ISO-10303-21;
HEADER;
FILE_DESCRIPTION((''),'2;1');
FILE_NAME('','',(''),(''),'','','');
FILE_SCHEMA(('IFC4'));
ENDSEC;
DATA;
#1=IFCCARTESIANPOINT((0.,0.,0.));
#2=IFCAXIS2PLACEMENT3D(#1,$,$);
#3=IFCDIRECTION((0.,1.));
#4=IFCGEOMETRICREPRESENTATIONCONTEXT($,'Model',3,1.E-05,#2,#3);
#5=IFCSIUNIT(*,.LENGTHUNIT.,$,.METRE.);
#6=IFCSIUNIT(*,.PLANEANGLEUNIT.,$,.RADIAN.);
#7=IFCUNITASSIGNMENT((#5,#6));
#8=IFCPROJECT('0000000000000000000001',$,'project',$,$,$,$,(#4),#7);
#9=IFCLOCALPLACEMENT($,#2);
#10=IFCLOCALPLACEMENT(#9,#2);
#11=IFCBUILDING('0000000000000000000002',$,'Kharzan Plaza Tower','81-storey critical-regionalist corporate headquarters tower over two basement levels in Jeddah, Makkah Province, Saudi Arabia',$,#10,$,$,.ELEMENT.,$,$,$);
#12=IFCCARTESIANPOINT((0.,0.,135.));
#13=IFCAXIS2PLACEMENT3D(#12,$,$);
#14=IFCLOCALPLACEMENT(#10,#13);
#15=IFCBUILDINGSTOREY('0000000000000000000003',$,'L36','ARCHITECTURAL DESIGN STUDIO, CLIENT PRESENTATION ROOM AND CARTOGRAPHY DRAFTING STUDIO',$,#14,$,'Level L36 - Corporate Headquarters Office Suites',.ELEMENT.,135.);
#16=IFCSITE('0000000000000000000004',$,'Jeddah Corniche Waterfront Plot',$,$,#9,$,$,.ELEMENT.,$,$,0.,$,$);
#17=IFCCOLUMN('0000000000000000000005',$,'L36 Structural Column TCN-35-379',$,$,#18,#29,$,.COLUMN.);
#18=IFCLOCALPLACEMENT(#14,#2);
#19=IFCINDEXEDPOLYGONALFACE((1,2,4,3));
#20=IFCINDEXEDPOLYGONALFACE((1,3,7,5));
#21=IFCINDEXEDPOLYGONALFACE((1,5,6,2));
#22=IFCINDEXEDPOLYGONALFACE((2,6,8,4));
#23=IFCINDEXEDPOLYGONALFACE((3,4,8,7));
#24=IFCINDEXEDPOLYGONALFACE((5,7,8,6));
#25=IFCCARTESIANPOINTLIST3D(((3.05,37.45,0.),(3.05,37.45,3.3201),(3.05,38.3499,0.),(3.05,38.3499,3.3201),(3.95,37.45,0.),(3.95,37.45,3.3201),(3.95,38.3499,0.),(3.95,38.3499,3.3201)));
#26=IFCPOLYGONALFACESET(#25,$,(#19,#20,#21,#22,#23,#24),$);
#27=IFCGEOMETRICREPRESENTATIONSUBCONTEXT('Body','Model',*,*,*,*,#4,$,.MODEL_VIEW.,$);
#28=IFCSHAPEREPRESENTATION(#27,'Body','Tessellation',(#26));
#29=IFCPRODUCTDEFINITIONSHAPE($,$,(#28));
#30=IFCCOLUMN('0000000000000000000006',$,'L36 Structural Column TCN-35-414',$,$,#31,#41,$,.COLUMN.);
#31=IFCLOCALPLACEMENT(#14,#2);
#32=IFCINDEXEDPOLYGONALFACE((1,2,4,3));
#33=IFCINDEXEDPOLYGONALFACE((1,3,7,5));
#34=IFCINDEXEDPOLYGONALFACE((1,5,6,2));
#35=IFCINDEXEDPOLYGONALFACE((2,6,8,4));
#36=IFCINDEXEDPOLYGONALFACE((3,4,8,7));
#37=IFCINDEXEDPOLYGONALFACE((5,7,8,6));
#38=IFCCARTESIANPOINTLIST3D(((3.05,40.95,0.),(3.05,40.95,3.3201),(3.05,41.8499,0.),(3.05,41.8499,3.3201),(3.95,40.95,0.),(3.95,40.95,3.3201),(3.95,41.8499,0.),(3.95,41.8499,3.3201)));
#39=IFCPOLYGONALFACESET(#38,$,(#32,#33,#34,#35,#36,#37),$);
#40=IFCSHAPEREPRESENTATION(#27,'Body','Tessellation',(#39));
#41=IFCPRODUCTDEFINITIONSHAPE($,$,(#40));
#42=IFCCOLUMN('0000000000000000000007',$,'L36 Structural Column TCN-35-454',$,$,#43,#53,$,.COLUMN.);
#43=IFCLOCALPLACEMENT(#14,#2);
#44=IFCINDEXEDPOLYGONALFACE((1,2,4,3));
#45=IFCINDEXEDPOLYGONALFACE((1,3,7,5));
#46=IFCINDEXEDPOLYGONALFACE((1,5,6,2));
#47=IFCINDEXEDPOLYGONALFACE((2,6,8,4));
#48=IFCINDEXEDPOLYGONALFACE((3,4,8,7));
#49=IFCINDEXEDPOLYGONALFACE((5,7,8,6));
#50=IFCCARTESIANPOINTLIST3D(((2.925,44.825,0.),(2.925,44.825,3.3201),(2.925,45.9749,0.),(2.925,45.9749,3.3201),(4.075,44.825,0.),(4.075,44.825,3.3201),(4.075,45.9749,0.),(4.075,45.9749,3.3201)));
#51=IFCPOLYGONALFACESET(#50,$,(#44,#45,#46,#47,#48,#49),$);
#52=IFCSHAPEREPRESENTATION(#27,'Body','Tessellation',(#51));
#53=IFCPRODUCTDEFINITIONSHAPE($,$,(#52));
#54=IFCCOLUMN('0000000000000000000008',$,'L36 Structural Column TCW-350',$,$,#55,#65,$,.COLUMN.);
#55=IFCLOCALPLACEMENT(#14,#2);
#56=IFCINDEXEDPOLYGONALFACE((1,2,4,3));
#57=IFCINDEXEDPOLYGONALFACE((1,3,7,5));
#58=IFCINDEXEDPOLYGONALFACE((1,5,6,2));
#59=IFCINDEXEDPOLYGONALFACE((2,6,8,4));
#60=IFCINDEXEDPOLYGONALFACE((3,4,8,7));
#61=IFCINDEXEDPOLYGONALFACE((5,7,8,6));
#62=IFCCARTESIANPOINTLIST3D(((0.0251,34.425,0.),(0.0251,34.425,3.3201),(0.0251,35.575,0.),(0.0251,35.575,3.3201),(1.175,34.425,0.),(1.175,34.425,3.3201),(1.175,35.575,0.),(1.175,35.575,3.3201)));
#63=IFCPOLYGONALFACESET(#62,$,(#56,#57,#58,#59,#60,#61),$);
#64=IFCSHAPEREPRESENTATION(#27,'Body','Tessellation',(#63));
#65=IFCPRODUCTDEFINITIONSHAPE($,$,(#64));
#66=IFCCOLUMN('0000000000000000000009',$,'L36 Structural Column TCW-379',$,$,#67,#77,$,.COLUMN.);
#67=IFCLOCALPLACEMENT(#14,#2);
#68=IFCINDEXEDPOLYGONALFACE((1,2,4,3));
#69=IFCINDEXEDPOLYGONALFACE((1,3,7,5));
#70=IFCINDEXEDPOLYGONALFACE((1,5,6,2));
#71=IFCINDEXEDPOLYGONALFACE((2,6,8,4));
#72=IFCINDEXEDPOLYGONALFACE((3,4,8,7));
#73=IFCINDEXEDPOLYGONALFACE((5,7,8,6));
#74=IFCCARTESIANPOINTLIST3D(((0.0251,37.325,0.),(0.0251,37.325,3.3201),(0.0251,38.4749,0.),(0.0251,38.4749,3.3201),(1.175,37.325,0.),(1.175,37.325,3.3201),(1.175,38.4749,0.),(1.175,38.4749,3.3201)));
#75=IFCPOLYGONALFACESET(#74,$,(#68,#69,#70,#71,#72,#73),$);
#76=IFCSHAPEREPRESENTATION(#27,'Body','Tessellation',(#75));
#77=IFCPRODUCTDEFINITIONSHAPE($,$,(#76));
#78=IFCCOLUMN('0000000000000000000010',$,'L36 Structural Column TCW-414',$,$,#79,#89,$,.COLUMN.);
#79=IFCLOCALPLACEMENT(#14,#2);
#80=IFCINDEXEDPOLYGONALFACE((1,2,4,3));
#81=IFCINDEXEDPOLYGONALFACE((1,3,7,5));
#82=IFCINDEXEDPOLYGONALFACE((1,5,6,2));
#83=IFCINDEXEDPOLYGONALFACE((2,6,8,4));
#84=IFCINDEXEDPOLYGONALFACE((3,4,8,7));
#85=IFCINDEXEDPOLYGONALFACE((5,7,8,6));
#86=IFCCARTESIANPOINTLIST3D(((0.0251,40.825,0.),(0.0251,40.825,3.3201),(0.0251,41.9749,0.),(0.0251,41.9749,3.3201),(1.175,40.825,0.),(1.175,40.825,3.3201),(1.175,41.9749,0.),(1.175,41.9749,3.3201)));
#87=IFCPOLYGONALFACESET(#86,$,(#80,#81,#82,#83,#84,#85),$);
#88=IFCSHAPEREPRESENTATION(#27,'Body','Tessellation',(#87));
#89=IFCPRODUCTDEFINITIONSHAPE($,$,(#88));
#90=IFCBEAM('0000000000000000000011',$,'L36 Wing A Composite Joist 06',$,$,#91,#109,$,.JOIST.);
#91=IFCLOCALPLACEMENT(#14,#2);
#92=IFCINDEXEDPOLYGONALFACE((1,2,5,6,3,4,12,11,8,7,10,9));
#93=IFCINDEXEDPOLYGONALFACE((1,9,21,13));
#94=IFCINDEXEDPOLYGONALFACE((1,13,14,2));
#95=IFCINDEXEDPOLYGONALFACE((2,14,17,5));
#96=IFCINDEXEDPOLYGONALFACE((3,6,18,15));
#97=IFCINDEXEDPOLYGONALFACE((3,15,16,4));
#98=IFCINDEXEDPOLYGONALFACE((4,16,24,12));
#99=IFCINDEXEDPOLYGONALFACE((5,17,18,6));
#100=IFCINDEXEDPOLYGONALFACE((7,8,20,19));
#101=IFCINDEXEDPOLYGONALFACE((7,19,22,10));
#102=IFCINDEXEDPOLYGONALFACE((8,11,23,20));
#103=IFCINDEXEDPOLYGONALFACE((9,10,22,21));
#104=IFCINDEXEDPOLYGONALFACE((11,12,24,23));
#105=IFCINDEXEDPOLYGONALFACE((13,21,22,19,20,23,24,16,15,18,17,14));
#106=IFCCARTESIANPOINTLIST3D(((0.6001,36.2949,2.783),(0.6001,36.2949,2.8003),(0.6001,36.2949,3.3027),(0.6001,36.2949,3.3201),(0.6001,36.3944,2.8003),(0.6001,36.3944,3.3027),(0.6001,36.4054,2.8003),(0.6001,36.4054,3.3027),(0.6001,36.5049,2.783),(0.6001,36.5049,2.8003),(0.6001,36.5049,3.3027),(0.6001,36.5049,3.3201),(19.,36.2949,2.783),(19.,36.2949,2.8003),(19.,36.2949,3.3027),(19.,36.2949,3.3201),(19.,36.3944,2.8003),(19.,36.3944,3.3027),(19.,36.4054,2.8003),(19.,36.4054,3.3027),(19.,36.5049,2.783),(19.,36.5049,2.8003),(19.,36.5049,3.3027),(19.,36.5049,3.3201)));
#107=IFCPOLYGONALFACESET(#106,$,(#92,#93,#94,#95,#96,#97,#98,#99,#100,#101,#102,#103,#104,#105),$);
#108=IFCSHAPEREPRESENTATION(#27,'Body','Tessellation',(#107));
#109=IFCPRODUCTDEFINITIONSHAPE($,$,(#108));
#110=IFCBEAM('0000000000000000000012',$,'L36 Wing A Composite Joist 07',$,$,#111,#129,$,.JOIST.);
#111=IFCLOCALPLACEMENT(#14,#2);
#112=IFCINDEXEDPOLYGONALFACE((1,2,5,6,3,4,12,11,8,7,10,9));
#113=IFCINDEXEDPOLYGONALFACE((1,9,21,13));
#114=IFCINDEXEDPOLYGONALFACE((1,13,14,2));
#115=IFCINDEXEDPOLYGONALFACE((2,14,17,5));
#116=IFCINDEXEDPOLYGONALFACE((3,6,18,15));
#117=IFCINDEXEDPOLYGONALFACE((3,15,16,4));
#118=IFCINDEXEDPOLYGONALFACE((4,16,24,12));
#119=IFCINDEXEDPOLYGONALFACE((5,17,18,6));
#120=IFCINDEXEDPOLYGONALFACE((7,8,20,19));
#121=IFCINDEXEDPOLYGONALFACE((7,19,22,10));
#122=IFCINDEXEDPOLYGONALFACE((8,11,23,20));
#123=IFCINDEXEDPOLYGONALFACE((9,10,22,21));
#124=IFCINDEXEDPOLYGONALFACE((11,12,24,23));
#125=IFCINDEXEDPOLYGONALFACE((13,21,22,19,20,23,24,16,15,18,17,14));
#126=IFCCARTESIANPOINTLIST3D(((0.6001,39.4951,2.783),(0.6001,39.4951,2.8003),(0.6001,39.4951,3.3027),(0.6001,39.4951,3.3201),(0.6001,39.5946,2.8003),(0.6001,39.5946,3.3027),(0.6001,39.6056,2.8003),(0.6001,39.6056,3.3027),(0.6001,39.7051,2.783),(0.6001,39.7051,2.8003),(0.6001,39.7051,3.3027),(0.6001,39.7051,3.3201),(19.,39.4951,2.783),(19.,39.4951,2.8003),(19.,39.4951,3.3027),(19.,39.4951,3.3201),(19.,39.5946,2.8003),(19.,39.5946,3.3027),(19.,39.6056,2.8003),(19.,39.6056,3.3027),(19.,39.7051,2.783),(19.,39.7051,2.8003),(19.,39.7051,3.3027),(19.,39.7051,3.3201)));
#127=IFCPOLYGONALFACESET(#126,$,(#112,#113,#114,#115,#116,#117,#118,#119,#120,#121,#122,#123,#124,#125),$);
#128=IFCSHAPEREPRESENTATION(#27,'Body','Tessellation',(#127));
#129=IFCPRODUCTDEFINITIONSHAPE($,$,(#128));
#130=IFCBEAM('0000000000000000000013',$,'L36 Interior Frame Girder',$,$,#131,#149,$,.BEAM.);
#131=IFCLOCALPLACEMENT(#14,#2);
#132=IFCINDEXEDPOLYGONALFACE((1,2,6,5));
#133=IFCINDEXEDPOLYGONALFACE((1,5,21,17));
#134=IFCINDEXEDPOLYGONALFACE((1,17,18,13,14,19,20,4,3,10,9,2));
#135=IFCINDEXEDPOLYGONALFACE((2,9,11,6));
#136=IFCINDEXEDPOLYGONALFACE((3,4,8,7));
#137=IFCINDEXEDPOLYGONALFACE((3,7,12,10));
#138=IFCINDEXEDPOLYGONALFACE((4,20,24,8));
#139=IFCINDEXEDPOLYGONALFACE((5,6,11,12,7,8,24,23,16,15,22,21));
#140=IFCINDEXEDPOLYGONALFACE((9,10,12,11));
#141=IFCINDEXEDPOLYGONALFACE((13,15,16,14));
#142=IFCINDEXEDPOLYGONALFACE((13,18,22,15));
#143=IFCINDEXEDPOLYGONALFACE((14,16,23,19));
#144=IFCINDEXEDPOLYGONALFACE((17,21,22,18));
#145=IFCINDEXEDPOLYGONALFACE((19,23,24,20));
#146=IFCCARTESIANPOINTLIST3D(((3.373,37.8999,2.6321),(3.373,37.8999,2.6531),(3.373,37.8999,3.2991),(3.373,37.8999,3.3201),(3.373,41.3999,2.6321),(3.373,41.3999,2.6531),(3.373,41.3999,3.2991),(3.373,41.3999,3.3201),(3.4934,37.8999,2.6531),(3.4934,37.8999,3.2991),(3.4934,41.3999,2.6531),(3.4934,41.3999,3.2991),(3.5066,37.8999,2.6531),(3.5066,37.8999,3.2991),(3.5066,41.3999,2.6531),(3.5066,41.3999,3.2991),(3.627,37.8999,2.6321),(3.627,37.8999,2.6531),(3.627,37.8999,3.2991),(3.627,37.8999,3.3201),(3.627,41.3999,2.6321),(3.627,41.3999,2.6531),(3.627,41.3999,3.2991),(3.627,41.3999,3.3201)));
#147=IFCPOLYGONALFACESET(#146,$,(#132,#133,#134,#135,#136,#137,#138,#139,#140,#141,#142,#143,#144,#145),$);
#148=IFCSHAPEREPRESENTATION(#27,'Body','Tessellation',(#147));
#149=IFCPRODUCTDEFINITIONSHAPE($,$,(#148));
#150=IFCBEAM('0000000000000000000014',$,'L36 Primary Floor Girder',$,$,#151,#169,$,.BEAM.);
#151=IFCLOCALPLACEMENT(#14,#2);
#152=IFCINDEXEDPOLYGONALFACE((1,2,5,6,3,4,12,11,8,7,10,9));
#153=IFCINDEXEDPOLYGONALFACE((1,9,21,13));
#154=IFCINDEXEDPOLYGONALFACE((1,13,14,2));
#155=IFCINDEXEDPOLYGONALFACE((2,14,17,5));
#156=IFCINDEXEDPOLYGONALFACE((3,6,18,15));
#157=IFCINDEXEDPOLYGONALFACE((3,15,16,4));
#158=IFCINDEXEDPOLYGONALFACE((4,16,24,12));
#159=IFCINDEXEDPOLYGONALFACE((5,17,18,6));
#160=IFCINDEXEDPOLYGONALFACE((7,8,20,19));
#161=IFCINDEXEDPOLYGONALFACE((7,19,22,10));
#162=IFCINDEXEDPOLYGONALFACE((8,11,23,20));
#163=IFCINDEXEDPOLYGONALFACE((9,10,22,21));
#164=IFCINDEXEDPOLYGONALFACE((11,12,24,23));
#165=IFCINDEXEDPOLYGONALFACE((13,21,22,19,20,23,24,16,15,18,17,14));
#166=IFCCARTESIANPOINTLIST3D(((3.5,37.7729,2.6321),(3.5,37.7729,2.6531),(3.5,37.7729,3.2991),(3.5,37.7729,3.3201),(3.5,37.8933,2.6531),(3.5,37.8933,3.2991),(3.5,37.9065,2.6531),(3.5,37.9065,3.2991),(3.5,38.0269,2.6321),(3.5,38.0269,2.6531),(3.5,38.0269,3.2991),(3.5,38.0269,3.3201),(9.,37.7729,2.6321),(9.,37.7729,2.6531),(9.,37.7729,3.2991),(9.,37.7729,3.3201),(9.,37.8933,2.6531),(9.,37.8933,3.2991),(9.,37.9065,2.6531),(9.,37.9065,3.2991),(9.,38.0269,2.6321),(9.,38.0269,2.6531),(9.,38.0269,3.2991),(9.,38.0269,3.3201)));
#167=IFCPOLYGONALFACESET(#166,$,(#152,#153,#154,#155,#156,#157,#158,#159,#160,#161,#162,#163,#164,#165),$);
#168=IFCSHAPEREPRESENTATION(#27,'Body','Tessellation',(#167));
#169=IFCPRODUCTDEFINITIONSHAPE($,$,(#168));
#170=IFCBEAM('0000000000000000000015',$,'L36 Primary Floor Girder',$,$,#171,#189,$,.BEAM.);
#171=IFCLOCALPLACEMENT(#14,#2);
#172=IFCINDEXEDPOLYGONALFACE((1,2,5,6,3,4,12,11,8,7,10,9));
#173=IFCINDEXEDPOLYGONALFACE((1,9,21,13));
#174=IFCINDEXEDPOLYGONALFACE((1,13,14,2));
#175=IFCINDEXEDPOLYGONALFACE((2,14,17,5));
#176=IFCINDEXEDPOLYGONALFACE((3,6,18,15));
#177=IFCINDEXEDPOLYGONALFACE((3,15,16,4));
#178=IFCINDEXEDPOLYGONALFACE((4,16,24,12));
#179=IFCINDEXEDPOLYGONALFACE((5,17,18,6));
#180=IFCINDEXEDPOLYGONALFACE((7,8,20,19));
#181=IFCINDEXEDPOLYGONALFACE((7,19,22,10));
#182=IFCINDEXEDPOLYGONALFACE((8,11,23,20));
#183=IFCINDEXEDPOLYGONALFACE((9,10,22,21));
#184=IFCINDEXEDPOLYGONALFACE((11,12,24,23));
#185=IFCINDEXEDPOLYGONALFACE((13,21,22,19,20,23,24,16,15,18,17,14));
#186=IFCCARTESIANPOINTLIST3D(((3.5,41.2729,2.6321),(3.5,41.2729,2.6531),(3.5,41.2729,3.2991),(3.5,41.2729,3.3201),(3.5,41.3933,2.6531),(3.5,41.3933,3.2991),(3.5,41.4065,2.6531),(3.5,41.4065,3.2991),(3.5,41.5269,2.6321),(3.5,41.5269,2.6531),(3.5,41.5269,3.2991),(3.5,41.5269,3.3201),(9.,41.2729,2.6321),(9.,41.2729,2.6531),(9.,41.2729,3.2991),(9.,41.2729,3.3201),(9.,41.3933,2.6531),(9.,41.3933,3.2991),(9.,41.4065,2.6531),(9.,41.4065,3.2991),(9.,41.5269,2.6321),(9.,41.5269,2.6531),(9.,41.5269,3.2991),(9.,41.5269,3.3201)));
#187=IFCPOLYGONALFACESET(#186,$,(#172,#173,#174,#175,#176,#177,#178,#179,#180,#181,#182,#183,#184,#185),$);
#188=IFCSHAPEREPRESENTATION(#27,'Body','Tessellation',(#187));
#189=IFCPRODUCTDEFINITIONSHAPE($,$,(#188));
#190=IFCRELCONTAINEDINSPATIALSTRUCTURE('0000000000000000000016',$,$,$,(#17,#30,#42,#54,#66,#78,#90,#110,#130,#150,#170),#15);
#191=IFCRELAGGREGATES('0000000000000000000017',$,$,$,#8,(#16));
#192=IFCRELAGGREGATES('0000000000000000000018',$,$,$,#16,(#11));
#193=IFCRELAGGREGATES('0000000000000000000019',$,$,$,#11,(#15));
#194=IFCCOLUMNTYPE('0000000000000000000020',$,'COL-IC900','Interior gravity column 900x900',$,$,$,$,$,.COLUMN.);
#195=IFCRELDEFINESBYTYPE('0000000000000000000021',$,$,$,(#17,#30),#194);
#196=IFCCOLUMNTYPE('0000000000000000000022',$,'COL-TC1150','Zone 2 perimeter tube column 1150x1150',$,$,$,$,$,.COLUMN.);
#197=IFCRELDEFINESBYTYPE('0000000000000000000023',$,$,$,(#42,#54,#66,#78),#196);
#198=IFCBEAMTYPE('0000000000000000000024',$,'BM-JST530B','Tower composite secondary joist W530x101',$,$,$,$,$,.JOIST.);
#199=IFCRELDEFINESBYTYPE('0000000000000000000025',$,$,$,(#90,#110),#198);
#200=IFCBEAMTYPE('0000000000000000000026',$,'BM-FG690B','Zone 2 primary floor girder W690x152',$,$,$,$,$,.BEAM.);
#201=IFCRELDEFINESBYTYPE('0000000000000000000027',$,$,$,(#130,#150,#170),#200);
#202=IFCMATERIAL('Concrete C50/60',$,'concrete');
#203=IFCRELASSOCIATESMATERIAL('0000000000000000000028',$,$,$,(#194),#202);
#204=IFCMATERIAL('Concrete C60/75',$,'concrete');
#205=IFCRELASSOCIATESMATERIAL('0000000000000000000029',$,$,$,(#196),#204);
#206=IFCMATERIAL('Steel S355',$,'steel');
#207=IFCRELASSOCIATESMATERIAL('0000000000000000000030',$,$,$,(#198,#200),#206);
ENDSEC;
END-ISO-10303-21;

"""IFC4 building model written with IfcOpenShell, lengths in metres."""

from ifc_helpers import new_model, si_unit, direction, frame, origin, origin_2d, place, context, subcontext, project, spatial, rectangle, i_section, extrude, source, transform, mapped, material, material_profile, profile_set, type_object, element, save


model = new_model("IFC4")

# Units and contexts
model_context = context("Model", 3, precision=1e-05, world=origin(), true_north=direction((0.0, 1.0)))
body_context = subcontext(model_context, "Body", "Model", "MODEL_VIEW")
ifc_project = project(units=[si_unit("LENGTHUNIT", "METRE"), si_unit("PLANEANGLEUNIT", "RADIAN")], contexts=[model_context])

# Site, building, storey
site_placement = place(None, origin())
site = spatial("IfcSite", under=ifc_project, at=site_placement, Name="Jeddah Corniche Waterfront Plot", CompositionType="ELEMENT", RefElevation=0.0)
building_placement = place(site_placement, origin())
building = spatial("IfcBuilding", under=site, at=building_placement, Name="Kharzan Plaza Tower", Description="81-storey critical-regionalist corporate headquarters tower over two basement levels in Jeddah, Makkah Province, Saudi Arabia", CompositionType="ELEMENT")
storey_placement = place(building_placement, frame((0.0, 0.0, 135.0)))
storey = spatial("IfcBuildingStorey", under=building, at=storey_placement, Name="L36", Description="ARCHITECTURAL DESIGN STUDIO, CLIENT PRESENTATION ROOM AND CARTOGRAPHY DRAFTING STUDIO", LongName="Level L36 - Corporate Headquarters Office Suites", CompositionType="ELEMENT", Elevation=135.0)

# Columns
ifc_material_1 = material(Name="Concrete C50/60", Category="concrete")
ifc_material_profile_1 = material_profile(ifc_material_1, rectangle(XDim=0.8999, YDim=0.8999, at=origin_2d()), Name="RC-IC900x900")
ifc_profile_set_1 = profile_set([ifc_material_profile_1], Name="Concrete C50/60")
column_type_1 = type_object("IfcColumnType", Name="COL-IC900", Description="Interior gravity column 900x900", PredefinedType="COLUMN", material=ifc_profile_set_1)
shared_shape_1 = source(origin(), body_context, "Body", "SweptSolid", [
    extrude(rectangle(XDim=0.8999, YDim=0.8999, at=origin_2d()), origin(), (0.0, 0.0, 1.0), 3.3201),
])
for number, where, z_axis, x_axis, name in (
    (1, (3.5, 37.8999, 0.0), (0.0, 0.0, 1.0), (1.0, 0.0, 0.0), "L36 Structural Column TCN-35-379"),
    (2, (3.5, 41.3999, 0.0), (0.0, 0.0, 1.0), (1.0, 0.0, 0.0), "L36 Structural Column TCN-35-414"),
):
    element("IfcColumn", number, at=place(storey_placement, frame(where, z_axis=z_axis, x_axis=x_axis)), inside=storey, type_object=column_type_1, Name=name, PredefinedType="COLUMN", context=body_context, shape_type="MappedRepresentation", body=[
        mapped(shared_shape_1, transform((0.0, 0.0, 0.0), x_axis=(1.0, 0.0, 0.0), y_axis=(0.0, 1.0, 0.0), z_axis=(0.0, 0.0, 1.0))),
    ])
ifc_material_2 = material(Name="Concrete C60/75", Category="concrete")
ifc_material_profile_2 = material_profile(ifc_material_2, rectangle(XDim=1.1499, YDim=1.1499, at=origin_2d()), Name="RC-TC1150x1150")
ifc_profile_set_2 = profile_set([ifc_material_profile_2], Name="Concrete C60/75")
column_type_2 = type_object("IfcColumnType", Name="COL-TC1150", Description="Zone 2 perimeter tube column 1150x1150", PredefinedType="COLUMN", material=ifc_profile_set_2)
shared_shape_2 = source(origin(), body_context, "Body", "SweptSolid", [
    extrude(rectangle(XDim=1.1499, YDim=1.1499, at=origin_2d()), origin(), (0.0, 0.0, 1.0), 3.3201),
])
for number, where, z_axis, x_axis, name in (
    (3, (3.5, 45.3999, 0.0), (0.0, 0.0, 1.0), (1.0, 0.0, 0.0), "L36 Structural Column TCN-35-454"),
    (4, (0.6001, 35.0, 0.0), (0.0, 0.0, 1.0), (1.0, 0.0, 0.0), "L36 Structural Column TCW-350"),
    (5, (0.6001, 37.8999, 0.0), (0.0, 0.0, 1.0), (1.0, 0.0, 0.0), "L36 Structural Column TCW-379"),
    (6, (0.6001, 41.3999, 0.0), (0.0, 0.0, 1.0), (1.0, 0.0, 0.0), "L36 Structural Column TCW-414"),
):
    element("IfcColumn", number, at=place(storey_placement, frame(where, z_axis=z_axis, x_axis=x_axis)), inside=storey, type_object=column_type_2, Name=name, PredefinedType="COLUMN", context=body_context, shape_type="MappedRepresentation", body=[
        mapped(shared_shape_2, transform((0.0, 0.0, 0.0), x_axis=(1.0, 0.0, 0.0), y_axis=(0.0, 1.0, 0.0), z_axis=(0.0, 0.0, 1.0))),
    ])

# Beams
ifc_material_3 = material(Name="Steel S355", Category="steel")
ifc_material_profile_3 = material_profile(ifc_material_3, i_section(OverallWidth=0.21, OverallDepth=0.5371, WebThickness=0.011, FlangeThickness=0.0173, at=origin_2d()), Name="W530x101")
ifc_profile_set_3 = profile_set([ifc_material_profile_3], Name="Steel S355")
beam_type_1 = type_object("IfcBeamType", Name="BM-JST530B", Description="Tower composite secondary joist W530x101", PredefinedType="JOIST", material=ifc_profile_set_3)
shared_shape_3 = source(origin(), body_context, "Body", "SweptSolid", [
    extrude(i_section(OverallWidth=0.21, OverallDepth=0.5371, WebThickness=0.011, FlangeThickness=0.0173, at=origin_2d()), origin(), (0.0, 0.0, 1.0), 18.3999),
])
for number, where, z_axis, x_axis, name in (
    (7, (0.6001, 36.3999, 3.0515), (1.0, 0.0, 0.0), (0.0, 1.0, 0.0), "L36 Wing A Composite Joist 06"),
    (8, (0.6001, 39.6001, 3.0515), (1.0, 0.0, 0.0), (0.0, 1.0, 0.0), "L36 Wing A Composite Joist 07"),
):
    element("IfcBeam", number, at=place(storey_placement, frame(where, z_axis=z_axis, x_axis=x_axis)), inside=storey, type_object=beam_type_1, Name=name, PredefinedType="JOIST", context=body_context, shape_type="MappedRepresentation", body=[
        mapped(shared_shape_3, transform((0.0, 0.0, 0.0), x_axis=(1.0, 0.0, 0.0), y_axis=(0.0, 1.0, 0.0), z_axis=(0.0, 0.0, 1.0))),
    ])
ifc_material_profile_4 = material_profile(ifc_material_3, i_section(OverallWidth=0.2539, OverallDepth=0.688, WebThickness=0.0132, FlangeThickness=0.021, at=origin_2d()), Name="W690x152")
ifc_profile_set_4 = profile_set([ifc_material_profile_4], Name="Steel S355")
beam_type_2 = type_object("IfcBeamType", Name="BM-FG690B", Description="Zone 2 primary floor girder W690x152", PredefinedType="BEAM", material=ifc_profile_set_4)
shared_shape_4 = source(origin(), body_context, "Body", "SweptSolid", [
    extrude(i_section(OverallWidth=0.2539, OverallDepth=0.688, WebThickness=0.0132, FlangeThickness=0.021, at=origin_2d()), origin(), (0.0, 0.0, 1.0), 3.5),
])
beam_1_placement = place(storey_placement, frame((3.5, 37.8999, 2.9761), z_axis=(0.0, 1.0, 0.0), x_axis=(-1.0, 0.0, 0.0)))
element("IfcBeam", 9, at=beam_1_placement, inside=storey, type_object=beam_type_2, Name="L36 Interior Frame Girder", PredefinedType="BEAM", context=body_context, shape_type="MappedRepresentation", body=[
    mapped(shared_shape_4, transform((0.0, 0.0, 0.0), x_axis=(1.0, 0.0, 0.0), y_axis=(0.0, 1.0, 0.0), z_axis=(0.0, 0.0, 1.0))),
])
shared_shape_5 = source(origin(), body_context, "Body", "SweptSolid", [
    extrude(i_section(OverallWidth=0.2539, OverallDepth=0.688, WebThickness=0.0132, FlangeThickness=0.021, at=origin_2d()), origin(), (0.0, 0.0, 1.0), 5.5),
])
for number, where, z_axis, x_axis, name in (
    (10, (3.5, 37.8999, 2.9761), (1.0, 0.0, 0.0), (0.0, 1.0, 0.0), "L36 Primary Floor Girder"),
    (11, (3.5, 41.3999, 2.9761), (1.0, 0.0, 0.0), (0.0, 1.0, 0.0), "L36 Primary Floor Girder"),
):
    element("IfcBeam", number, at=place(storey_placement, frame(where, z_axis=z_axis, x_axis=x_axis)), inside=storey, type_object=beam_type_2, Name=name, PredefinedType="BEAM", context=body_context, shape_type="MappedRepresentation", body=[
        mapped(shared_shape_5, transform((0.0, 0.0, 0.0), x_axis=(1.0, 0.0, 0.0), y_axis=(0.0, 1.0, 0.0), z_axis=(0.0, 0.0, 1.0))),
    ])

save(model, "model.ifc")
